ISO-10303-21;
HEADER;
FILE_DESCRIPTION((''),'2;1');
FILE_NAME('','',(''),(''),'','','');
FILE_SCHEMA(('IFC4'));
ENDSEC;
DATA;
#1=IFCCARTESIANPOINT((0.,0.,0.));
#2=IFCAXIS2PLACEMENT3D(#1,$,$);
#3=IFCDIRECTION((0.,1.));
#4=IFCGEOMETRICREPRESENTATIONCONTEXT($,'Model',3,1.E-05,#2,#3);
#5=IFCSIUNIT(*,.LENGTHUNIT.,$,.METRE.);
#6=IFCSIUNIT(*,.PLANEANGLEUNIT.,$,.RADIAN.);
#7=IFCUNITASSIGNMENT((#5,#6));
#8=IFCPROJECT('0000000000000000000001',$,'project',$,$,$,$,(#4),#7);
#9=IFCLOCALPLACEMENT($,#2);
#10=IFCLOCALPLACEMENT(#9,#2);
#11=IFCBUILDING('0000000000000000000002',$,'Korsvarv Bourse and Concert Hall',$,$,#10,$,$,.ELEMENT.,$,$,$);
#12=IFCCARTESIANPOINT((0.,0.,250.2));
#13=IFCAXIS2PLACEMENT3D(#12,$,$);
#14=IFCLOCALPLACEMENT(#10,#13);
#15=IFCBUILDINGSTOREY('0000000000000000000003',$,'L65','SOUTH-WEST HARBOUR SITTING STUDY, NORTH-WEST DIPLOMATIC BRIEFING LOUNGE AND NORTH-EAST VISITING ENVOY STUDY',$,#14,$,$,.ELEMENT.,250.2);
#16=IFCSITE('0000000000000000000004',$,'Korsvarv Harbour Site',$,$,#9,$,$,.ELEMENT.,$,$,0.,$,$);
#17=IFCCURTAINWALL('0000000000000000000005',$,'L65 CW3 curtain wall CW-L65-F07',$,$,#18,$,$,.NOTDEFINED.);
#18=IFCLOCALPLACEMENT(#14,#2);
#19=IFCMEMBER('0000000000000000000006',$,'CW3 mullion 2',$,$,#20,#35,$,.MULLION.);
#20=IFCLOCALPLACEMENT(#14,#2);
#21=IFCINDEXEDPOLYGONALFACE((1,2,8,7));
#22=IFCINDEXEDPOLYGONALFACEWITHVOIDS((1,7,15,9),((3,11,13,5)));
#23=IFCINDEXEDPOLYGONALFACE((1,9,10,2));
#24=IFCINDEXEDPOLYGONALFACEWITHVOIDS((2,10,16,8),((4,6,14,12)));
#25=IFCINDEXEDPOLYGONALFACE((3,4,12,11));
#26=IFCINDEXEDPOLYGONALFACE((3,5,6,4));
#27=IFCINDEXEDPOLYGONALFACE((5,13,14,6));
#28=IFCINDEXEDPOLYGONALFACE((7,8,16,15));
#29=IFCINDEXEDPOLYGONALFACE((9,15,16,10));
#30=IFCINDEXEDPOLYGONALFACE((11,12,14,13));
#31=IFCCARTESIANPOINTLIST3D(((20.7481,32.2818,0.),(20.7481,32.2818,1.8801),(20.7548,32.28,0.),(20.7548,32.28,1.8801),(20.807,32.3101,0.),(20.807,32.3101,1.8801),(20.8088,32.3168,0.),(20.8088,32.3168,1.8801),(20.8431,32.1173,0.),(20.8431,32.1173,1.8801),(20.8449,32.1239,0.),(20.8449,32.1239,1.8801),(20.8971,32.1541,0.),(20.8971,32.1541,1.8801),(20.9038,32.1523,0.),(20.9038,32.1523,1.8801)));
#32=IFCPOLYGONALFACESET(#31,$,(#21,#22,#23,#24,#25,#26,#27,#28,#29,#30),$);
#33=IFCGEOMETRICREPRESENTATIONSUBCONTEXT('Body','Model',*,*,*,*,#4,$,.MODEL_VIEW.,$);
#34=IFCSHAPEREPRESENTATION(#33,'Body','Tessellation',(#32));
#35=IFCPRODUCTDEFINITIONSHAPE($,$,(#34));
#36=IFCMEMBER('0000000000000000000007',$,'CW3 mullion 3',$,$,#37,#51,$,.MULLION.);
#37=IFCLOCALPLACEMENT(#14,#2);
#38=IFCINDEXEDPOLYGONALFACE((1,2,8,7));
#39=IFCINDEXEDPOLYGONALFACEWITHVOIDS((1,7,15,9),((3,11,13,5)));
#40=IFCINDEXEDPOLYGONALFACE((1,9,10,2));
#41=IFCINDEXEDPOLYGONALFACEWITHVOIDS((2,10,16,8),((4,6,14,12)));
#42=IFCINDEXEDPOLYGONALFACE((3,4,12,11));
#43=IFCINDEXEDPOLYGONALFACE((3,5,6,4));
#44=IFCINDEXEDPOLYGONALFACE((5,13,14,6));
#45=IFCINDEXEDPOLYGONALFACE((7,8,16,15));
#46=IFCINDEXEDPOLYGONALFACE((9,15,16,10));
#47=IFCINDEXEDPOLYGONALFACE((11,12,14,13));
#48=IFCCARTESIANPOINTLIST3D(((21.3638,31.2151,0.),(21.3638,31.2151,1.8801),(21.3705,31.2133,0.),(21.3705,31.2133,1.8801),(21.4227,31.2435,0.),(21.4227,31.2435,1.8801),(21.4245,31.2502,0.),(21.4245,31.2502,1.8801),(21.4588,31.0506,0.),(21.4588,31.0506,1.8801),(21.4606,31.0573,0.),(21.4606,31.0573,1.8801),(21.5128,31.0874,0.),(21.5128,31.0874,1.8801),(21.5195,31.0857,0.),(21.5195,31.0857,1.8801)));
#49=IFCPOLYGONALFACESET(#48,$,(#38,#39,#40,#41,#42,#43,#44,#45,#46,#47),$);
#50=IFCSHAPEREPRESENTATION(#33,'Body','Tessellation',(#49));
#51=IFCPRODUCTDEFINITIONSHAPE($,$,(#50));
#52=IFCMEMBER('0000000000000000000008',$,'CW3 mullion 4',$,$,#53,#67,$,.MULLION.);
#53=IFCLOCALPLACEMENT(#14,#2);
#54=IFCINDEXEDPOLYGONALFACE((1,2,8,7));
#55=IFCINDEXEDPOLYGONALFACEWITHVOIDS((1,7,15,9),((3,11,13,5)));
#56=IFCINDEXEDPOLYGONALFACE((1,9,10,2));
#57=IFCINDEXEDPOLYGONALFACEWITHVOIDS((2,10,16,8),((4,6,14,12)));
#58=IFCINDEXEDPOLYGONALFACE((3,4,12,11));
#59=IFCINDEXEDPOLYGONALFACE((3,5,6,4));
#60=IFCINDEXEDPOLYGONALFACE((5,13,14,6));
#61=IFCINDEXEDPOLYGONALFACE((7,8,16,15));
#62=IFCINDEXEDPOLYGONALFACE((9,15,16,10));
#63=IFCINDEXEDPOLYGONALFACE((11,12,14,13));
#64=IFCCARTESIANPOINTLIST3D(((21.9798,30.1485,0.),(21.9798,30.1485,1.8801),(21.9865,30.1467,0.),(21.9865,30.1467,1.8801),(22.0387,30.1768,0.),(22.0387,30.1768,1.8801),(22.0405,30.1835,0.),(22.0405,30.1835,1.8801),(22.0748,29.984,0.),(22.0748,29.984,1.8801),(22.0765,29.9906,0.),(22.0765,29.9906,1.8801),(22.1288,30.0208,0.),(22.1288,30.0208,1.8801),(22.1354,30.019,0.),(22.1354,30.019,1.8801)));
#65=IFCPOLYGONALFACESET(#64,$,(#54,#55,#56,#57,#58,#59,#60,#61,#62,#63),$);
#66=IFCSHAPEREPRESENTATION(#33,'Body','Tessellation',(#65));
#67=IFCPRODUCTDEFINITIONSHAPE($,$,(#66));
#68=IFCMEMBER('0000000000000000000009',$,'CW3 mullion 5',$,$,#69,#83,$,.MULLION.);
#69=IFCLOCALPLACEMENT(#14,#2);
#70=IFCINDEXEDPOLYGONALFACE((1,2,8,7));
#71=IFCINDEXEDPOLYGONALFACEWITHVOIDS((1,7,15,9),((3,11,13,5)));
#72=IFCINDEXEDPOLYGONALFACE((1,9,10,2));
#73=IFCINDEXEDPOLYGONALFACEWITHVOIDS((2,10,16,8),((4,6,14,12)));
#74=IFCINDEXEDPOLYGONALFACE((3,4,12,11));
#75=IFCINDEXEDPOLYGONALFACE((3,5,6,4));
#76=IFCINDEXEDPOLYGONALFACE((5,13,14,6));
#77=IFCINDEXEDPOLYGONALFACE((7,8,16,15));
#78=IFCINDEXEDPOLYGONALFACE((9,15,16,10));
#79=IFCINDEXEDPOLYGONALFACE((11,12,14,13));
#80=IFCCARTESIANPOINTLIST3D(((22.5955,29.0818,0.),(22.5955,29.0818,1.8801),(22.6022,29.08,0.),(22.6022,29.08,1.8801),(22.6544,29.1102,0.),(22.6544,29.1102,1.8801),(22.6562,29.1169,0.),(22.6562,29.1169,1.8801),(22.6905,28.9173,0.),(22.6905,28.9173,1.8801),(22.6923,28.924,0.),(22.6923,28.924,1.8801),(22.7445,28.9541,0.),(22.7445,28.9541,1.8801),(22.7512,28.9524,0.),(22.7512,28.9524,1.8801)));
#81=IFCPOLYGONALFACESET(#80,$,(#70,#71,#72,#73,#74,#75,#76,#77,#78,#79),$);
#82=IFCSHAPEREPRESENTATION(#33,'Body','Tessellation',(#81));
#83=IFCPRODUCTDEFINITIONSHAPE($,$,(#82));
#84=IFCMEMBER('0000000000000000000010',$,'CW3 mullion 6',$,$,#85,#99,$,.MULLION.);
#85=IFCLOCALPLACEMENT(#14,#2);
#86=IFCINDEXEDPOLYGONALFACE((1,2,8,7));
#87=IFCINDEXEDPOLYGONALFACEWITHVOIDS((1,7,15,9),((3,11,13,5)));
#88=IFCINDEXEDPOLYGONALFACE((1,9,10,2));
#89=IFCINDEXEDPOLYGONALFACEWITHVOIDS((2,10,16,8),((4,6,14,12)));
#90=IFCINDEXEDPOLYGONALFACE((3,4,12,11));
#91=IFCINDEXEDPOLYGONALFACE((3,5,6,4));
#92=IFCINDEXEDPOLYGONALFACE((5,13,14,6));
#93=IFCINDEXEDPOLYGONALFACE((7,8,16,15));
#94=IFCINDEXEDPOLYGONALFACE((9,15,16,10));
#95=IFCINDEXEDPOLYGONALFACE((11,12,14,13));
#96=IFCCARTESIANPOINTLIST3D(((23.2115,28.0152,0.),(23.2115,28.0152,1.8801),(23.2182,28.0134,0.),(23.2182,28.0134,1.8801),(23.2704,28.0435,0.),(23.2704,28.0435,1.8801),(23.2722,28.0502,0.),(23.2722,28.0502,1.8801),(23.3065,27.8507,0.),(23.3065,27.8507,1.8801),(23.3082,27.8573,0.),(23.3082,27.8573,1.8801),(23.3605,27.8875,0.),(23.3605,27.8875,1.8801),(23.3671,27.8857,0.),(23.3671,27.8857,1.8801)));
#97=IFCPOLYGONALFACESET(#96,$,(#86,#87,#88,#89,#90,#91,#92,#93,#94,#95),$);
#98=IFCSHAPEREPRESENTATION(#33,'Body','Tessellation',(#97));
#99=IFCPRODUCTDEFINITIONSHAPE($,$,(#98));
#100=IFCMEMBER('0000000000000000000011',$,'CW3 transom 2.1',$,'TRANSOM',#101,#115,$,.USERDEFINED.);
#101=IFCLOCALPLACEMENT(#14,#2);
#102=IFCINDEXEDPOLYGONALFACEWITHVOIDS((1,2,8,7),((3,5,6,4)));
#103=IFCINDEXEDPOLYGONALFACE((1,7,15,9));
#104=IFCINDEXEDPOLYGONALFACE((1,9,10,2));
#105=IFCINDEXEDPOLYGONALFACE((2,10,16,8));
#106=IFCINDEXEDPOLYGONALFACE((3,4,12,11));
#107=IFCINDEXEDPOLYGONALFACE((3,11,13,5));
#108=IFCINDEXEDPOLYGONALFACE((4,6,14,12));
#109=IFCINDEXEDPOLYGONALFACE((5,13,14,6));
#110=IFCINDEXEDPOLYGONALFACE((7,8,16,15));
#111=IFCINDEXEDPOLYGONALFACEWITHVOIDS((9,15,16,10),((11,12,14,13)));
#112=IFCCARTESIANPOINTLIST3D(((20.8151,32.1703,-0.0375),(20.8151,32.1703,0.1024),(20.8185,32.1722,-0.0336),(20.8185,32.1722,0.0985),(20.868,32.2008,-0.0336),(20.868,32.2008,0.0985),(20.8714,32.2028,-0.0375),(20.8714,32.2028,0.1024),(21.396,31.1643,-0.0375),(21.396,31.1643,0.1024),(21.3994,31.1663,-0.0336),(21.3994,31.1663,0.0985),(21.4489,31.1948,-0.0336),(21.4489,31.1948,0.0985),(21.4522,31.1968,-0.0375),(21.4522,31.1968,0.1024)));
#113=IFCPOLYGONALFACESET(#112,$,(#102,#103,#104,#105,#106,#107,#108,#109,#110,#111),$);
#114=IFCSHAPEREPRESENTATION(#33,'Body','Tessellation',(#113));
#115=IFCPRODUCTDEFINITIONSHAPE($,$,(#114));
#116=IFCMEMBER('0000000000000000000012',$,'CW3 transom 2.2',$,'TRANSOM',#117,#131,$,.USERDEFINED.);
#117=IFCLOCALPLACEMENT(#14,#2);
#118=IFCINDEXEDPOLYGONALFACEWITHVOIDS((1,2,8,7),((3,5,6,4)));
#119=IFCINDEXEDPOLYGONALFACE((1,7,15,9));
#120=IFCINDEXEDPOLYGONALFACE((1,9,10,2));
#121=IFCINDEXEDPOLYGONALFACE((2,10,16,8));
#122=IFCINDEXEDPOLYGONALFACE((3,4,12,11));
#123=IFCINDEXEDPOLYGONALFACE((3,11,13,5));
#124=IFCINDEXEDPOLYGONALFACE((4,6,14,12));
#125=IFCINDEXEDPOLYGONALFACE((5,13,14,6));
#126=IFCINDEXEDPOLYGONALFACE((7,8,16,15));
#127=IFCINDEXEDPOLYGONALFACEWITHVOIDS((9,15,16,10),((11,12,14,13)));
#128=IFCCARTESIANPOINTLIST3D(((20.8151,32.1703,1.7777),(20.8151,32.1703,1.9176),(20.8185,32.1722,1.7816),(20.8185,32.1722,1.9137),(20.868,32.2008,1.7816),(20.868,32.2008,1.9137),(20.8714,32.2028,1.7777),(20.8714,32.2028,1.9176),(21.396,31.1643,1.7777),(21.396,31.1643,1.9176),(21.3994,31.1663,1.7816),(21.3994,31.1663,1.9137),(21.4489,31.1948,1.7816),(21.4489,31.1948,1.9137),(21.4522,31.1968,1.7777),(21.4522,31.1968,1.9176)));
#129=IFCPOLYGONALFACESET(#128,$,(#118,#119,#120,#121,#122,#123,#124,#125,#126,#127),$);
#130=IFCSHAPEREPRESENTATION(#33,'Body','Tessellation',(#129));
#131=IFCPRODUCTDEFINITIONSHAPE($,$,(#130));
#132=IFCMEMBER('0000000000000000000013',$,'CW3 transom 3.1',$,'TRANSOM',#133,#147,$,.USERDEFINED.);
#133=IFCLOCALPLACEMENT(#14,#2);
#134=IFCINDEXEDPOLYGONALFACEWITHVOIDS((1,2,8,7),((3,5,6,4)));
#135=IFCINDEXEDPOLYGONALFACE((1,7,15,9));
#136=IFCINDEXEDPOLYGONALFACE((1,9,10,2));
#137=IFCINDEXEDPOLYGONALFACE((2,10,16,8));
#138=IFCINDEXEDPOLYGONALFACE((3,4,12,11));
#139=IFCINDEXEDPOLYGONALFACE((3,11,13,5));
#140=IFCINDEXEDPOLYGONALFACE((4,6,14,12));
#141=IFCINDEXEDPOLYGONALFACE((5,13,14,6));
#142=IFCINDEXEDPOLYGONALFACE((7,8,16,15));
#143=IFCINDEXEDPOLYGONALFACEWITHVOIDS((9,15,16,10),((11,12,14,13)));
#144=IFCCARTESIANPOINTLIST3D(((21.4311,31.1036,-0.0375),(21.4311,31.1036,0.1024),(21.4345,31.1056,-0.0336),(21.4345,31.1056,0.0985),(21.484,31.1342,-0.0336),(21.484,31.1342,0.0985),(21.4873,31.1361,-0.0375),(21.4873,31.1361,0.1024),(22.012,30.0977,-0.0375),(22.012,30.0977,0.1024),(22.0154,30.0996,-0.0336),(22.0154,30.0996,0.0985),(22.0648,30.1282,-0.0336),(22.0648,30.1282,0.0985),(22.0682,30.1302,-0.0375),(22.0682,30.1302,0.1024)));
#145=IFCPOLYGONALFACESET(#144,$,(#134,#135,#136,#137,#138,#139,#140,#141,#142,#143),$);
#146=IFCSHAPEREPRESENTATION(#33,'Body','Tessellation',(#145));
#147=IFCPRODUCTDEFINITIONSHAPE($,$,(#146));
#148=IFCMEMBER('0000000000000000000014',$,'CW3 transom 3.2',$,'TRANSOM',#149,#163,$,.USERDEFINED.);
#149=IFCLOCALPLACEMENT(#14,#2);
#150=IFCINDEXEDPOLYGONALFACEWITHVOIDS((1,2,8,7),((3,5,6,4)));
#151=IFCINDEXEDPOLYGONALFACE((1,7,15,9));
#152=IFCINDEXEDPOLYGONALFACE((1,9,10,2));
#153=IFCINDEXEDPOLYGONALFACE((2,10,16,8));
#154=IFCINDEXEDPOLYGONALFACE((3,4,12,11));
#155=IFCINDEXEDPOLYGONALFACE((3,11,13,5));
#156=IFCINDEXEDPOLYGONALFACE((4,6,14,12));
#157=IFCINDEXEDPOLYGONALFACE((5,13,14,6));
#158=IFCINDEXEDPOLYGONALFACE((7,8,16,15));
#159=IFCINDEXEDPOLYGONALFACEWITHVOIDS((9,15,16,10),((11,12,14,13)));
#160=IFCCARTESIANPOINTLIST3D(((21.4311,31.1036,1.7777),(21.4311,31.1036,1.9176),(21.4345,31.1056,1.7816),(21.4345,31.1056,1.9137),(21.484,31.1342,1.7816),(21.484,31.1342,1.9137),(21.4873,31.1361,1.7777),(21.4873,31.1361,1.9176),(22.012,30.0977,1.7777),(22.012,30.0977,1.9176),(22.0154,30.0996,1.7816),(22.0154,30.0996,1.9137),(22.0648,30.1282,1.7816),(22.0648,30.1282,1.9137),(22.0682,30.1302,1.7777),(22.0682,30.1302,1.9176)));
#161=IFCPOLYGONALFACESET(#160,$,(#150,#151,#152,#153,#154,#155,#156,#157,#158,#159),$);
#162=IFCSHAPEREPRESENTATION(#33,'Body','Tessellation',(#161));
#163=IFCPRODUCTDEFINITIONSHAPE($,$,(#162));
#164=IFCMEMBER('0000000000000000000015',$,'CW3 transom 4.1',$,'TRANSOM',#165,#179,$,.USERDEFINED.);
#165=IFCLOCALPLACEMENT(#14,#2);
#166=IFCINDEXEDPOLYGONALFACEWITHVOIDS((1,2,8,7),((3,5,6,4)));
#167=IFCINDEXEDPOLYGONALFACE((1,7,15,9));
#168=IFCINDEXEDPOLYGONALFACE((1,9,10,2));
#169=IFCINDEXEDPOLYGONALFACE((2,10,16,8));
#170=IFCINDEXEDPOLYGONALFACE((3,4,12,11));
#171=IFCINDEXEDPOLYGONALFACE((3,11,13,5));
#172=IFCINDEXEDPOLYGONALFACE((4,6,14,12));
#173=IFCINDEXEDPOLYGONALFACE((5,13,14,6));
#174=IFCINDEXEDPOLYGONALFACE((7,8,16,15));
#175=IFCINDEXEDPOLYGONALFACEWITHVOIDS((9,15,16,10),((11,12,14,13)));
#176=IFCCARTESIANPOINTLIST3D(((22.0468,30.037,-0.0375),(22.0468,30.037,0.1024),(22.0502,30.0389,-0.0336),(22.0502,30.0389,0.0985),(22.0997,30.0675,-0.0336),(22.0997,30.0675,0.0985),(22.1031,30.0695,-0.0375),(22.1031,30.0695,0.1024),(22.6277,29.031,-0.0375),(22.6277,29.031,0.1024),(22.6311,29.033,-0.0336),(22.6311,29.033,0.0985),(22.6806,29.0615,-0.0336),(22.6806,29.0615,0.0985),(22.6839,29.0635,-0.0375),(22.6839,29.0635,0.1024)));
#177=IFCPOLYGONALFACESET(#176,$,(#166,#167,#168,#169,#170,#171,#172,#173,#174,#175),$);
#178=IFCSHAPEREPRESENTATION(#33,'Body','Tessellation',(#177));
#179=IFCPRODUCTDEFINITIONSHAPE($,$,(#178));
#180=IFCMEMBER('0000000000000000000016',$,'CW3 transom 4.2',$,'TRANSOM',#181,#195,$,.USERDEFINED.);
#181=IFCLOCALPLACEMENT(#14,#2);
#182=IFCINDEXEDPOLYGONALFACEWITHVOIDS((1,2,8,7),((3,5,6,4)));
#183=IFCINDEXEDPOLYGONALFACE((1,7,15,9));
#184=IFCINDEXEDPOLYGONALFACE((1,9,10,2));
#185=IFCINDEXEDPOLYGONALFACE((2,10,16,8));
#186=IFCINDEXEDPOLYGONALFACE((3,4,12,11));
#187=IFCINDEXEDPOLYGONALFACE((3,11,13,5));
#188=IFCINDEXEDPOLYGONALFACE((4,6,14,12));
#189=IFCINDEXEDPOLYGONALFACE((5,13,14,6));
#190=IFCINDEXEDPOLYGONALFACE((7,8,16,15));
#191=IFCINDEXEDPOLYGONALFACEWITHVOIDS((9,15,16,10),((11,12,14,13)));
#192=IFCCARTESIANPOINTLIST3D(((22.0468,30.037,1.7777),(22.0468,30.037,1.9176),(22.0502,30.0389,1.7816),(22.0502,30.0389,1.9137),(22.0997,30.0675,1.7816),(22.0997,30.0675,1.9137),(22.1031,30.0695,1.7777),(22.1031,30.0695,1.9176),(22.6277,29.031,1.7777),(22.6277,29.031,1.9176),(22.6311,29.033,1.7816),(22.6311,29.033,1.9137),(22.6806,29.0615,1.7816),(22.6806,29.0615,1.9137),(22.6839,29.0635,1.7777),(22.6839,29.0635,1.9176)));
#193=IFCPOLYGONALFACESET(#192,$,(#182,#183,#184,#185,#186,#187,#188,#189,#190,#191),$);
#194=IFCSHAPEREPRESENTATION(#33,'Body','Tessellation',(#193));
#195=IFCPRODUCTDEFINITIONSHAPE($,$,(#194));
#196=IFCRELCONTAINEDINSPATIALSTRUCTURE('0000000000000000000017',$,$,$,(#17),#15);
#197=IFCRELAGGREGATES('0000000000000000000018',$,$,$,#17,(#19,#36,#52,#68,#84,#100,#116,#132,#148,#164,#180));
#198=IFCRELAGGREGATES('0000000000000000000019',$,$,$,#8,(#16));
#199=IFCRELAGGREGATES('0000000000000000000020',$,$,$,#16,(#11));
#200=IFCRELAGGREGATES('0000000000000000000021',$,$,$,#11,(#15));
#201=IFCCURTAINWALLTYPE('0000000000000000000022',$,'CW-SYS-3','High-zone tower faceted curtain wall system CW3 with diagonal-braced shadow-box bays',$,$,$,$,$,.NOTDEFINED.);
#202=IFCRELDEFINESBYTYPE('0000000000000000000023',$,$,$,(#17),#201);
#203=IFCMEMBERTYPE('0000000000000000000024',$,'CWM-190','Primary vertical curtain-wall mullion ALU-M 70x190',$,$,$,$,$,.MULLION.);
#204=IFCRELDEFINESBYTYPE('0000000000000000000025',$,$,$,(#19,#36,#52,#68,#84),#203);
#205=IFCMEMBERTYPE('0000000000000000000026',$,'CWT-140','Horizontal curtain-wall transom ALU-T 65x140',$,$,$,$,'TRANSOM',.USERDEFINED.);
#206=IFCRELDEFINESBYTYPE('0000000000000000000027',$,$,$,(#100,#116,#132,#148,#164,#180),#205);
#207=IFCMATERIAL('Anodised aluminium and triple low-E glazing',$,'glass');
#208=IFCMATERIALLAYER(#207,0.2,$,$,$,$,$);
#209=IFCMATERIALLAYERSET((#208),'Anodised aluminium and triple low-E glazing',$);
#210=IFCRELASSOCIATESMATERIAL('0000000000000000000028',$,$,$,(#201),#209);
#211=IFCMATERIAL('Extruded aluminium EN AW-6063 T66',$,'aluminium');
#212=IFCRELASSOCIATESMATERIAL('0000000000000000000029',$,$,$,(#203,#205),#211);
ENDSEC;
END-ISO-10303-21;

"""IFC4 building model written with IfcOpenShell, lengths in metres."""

from ifc_helpers import new_model, si_unit, direction, frame, origin, origin_2d, place, context, subcontext, project, spatial, hollow_rectangle, extrude, source, transform, mapped, material, layer, layer_set, material_profile, profile_set, type_object, element, aggregate, save


model = new_model("IFC4")

# Units and contexts
model_context = context("Model", 3, precision=1e-05, world=origin(), true_north=direction((0.0, 1.0)))
body_context = subcontext(model_context, "Body", "Model", "MODEL_VIEW")
ifc_project = project(units=[si_unit("LENGTHUNIT", "METRE"), si_unit("PLANEANGLEUNIT", "RADIAN")], contexts=[model_context])

# Site, building, storey
site_placement = place(None, origin())
site = spatial("IfcSite", under=ifc_project, at=site_placement, Name="Korsvarv Harbour Site", CompositionType="ELEMENT", RefElevation=0.0)
building_placement = place(site_placement, origin())
building = spatial("IfcBuilding", under=site, at=building_placement, Name="Korsvarv Bourse and Concert Hall", CompositionType="ELEMENT")
storey_placement = place(building_placement, frame((0.0, 0.0, 250.2)))
storey = spatial("IfcBuildingStorey", under=building, at=storey_placement, Name="L65", Description="SOUTH-WEST HARBOUR SITTING STUDY, NORTH-WEST DIPLOMATIC BRIEFING LOUNGE AND NORTH-EAST VISITING ENVOY STUDY", CompositionType="ELEMENT", Elevation=250.2)

# Curtain wall, members
ifc_material_1 = material(Name="Anodised aluminium and triple low-E glazing", Category="glass")
ifc_layer_1 = layer(ifc_material_1, 0.2)
ifc_layer_set_1 = layer_set([ifc_layer_1], Name="Anodised aluminium and triple low-E glazing")
curtain_wall_type = type_object("IfcCurtainWallType", Name="CW-SYS-3", Description="High-zone tower faceted curtain wall system CW3 with diagonal-braced shadow-box bays", PredefinedType="NOTDEFINED", material=ifc_layer_set_1)
curtain_wall_placement = place(storey_placement, origin())
curtain_wall = element("IfcCurtainWall", 1, at=curtain_wall_placement, inside=storey, type_object=curtain_wall_type, Name="L65 CW3 curtain wall CW-L65-F07", PredefinedType="NOTDEFINED")
ifc_material_2 = material(Name="Extruded aluminium EN AW-6063 T66", Category="aluminium")
ifc_material_profile_1 = material_profile(ifc_material_2, hollow_rectangle(XDim=0.0701, YDim=0.1899, WallThickness=0.0049, at=origin_2d()), Name="ALU-M 70x190")
ifc_profile_set_1 = profile_set([ifc_material_profile_1], Name="Extruded aluminium EN AW-6063 T66")
member_type_1 = type_object("IfcMemberType", Name="CWM-190", Description="Primary vertical curtain-wall mullion ALU-M 70x190", PredefinedType="MULLION", material=ifc_profile_set_1)
shared_shape_1 = source(origin(), body_context, "Body", "SweptSolid", [
    extrude(hollow_rectangle(XDim=0.0701, YDim=0.1899, WallThickness=0.0049, at=origin_2d()), origin(), (0.0, 0.0, 1.0), 1.8801),
])
member_1_placement = place(storey_placement, frame((20.8259, 32.217, 0.0), z_axis=(0.0, 0.0, 1.0), x_axis=(0.866022, 0.500006, 0.0)))
member_1 = element("IfcMember", 2, at=member_1_placement, type_object=member_type_1, Name="CW3 mullion 2", PredefinedType="MULLION", context=body_context, shape_type="MappedRepresentation", body=[
    mapped(shared_shape_1, transform((0.0, 0.0, 0.0), scale=1.0)),
])
member_2_placement = place(storey_placement, frame((21.4417, 31.1504, 0.0), z_axis=(0.0, 0.0, 1.0), x_axis=(0.866022, 0.500006, 0.0)))
member_2 = element("IfcMember", 3, at=member_2_placement, type_object=member_type_1, Name="CW3 mullion 3", PredefinedType="MULLION", context=body_context, shape_type="MappedRepresentation", body=[
    mapped(shared_shape_1, transform((0.0, 0.0, 0.0), scale=1.0)),
])
member_3_placement = place(storey_placement, frame((22.0576, 30.0837, 0.0), z_axis=(0.0, 0.0, 1.0), x_axis=(0.866022, 0.500006, 0.0)))
member_3 = element("IfcMember", 4, at=member_3_placement, type_object=member_type_1, Name="CW3 mullion 4", PredefinedType="MULLION", context=body_context, shape_type="MappedRepresentation", body=[
    mapped(shared_shape_1, transform((0.0, 0.0, 0.0), scale=1.0)),
])
member_4_placement = place(storey_placement, frame((22.6733, 29.0171, 0.0), z_axis=(0.0, 0.0, 1.0), x_axis=(0.866022, 0.500006, 0.0)))
member_4 = element("IfcMember", 5, at=member_4_placement, type_object=member_type_1, Name="CW3 mullion 5", PredefinedType="MULLION", context=body_context, shape_type="MappedRepresentation", body=[
    mapped(shared_shape_1, transform((0.0, 0.0, 0.0), scale=1.0)),
])
member_5_placement = place(storey_placement, frame((23.2893, 27.9504, 0.0), z_axis=(0.0, 0.0, 1.0), x_axis=(0.866022, 0.500006, 0.0)))
member_5 = element("IfcMember", 6, at=member_5_placement, type_object=member_type_1, Name="CW3 mullion 6", PredefinedType="MULLION", context=body_context, shape_type="MappedRepresentation", body=[
    mapped(shared_shape_1, transform((0.0, 0.0, 0.0), scale=1.0)),
])
ifc_material_profile_2 = material_profile(ifc_material_2, hollow_rectangle(XDim=0.0649, YDim=0.1399, WallThickness=0.0039, at=origin_2d()), Name="ALU-T 65x140")
ifc_profile_set_2 = profile_set([ifc_material_profile_2], Name="Extruded aluminium EN AW-6063 T66")
member_type_2 = type_object("IfcMemberType", Name="CWT-140", Description="Horizontal curtain-wall transom ALU-T 65x140", ElementType="TRANSOM", PredefinedType="USERDEFINED", material=ifc_profile_set_2)
shared_shape_2 = source(origin(), body_context, "Body", "SweptSolid", [
    extrude(hollow_rectangle(XDim=0.0649, YDim=0.1399, WallThickness=0.0039, at=origin_2d()), origin(), (0.0, 0.0, 1.0), 1.1616),
])
member_6_placement = place(storey_placement, frame((20.8433, 32.1865, 0.0325), z_axis=(0.50005, -0.865997, 0.0), x_axis=(0.865997, 0.50005, 0.0)))
member_6 = element("IfcMember", 7, at=member_6_placement, type_object=member_type_2, Name="CW3 transom 2.1", ObjectType="TRANSOM", PredefinedType="USERDEFINED", context=body_context, shape_type="MappedRepresentation", body=[
    mapped(shared_shape_2, transform((0.0, 0.0, 0.0), scale=1.0)),
])
member_7_placement = place(storey_placement, frame((20.8433, 32.1865, 1.8477), z_axis=(0.50005, -0.865997, 0.0), x_axis=(0.865997, 0.50005, 0.0)))
member_7 = element("IfcMember", 8, at=member_7_placement, type_object=member_type_2, Name="CW3 transom 2.2", ObjectType="TRANSOM", PredefinedType="USERDEFINED", context=body_context, shape_type="MappedRepresentation", body=[
    mapped(shared_shape_2, transform((0.0, 0.0, 0.0), scale=1.0)),
])
member_8_placement = place(storey_placement, frame((21.4592, 31.1199, 0.0325), z_axis=(0.50005, -0.865997, 0.0), x_axis=(0.865997, 0.50005, 0.0)))
member_8 = element("IfcMember", 9, at=member_8_placement, type_object=member_type_2, Name="CW3 transom 3.1", ObjectType="TRANSOM", PredefinedType="USERDEFINED", context=body_context, shape_type="MappedRepresentation", body=[
    mapped(shared_shape_2, transform((0.0, 0.0, 0.0), scale=1.0)),
])
member_9_placement = place(storey_placement, frame((21.4592, 31.1199, 1.8477), z_axis=(0.50005, -0.865997, 0.0), x_axis=(0.865997, 0.50005, 0.0)))
member_9 = element("IfcMember", 10, at=member_9_placement, type_object=member_type_2, Name="CW3 transom 3.2", ObjectType="TRANSOM", PredefinedType="USERDEFINED", context=body_context, shape_type="MappedRepresentation", body=[
    mapped(shared_shape_2, transform((0.0, 0.0, 0.0), scale=1.0)),
])
member_10_placement = place(storey_placement, frame((22.075, 30.0532, 0.0325), z_axis=(0.50005, -0.865997, 0.0), x_axis=(0.865997, 0.50005, 0.0)))
member_10 = element("IfcMember", 11, at=member_10_placement, type_object=member_type_2, Name="CW3 transom 4.1", ObjectType="TRANSOM", PredefinedType="USERDEFINED", context=body_context, shape_type="MappedRepresentation", body=[
    mapped(shared_shape_2, transform((0.0, 0.0, 0.0), scale=1.0)),
])
member_11_placement = place(storey_placement, frame((22.075, 30.0532, 1.8477), z_axis=(0.50005, -0.865997, 0.0), x_axis=(0.865997, 0.50005, 0.0)))
member_11 = element("IfcMember", 12, at=member_11_placement, type_object=member_type_2, Name="CW3 transom 4.2", ObjectType="TRANSOM", PredefinedType="USERDEFINED", context=body_context, shape_type="MappedRepresentation", body=[
    mapped(shared_shape_2, transform((0.0, 0.0, 0.0), scale=1.0)),
])

aggregate(curtain_wall, [member_1, member_2, member_3, member_4, member_5, member_6, member_7, member_8, member_9, member_10, member_11])

save(model, "model.ifc")
